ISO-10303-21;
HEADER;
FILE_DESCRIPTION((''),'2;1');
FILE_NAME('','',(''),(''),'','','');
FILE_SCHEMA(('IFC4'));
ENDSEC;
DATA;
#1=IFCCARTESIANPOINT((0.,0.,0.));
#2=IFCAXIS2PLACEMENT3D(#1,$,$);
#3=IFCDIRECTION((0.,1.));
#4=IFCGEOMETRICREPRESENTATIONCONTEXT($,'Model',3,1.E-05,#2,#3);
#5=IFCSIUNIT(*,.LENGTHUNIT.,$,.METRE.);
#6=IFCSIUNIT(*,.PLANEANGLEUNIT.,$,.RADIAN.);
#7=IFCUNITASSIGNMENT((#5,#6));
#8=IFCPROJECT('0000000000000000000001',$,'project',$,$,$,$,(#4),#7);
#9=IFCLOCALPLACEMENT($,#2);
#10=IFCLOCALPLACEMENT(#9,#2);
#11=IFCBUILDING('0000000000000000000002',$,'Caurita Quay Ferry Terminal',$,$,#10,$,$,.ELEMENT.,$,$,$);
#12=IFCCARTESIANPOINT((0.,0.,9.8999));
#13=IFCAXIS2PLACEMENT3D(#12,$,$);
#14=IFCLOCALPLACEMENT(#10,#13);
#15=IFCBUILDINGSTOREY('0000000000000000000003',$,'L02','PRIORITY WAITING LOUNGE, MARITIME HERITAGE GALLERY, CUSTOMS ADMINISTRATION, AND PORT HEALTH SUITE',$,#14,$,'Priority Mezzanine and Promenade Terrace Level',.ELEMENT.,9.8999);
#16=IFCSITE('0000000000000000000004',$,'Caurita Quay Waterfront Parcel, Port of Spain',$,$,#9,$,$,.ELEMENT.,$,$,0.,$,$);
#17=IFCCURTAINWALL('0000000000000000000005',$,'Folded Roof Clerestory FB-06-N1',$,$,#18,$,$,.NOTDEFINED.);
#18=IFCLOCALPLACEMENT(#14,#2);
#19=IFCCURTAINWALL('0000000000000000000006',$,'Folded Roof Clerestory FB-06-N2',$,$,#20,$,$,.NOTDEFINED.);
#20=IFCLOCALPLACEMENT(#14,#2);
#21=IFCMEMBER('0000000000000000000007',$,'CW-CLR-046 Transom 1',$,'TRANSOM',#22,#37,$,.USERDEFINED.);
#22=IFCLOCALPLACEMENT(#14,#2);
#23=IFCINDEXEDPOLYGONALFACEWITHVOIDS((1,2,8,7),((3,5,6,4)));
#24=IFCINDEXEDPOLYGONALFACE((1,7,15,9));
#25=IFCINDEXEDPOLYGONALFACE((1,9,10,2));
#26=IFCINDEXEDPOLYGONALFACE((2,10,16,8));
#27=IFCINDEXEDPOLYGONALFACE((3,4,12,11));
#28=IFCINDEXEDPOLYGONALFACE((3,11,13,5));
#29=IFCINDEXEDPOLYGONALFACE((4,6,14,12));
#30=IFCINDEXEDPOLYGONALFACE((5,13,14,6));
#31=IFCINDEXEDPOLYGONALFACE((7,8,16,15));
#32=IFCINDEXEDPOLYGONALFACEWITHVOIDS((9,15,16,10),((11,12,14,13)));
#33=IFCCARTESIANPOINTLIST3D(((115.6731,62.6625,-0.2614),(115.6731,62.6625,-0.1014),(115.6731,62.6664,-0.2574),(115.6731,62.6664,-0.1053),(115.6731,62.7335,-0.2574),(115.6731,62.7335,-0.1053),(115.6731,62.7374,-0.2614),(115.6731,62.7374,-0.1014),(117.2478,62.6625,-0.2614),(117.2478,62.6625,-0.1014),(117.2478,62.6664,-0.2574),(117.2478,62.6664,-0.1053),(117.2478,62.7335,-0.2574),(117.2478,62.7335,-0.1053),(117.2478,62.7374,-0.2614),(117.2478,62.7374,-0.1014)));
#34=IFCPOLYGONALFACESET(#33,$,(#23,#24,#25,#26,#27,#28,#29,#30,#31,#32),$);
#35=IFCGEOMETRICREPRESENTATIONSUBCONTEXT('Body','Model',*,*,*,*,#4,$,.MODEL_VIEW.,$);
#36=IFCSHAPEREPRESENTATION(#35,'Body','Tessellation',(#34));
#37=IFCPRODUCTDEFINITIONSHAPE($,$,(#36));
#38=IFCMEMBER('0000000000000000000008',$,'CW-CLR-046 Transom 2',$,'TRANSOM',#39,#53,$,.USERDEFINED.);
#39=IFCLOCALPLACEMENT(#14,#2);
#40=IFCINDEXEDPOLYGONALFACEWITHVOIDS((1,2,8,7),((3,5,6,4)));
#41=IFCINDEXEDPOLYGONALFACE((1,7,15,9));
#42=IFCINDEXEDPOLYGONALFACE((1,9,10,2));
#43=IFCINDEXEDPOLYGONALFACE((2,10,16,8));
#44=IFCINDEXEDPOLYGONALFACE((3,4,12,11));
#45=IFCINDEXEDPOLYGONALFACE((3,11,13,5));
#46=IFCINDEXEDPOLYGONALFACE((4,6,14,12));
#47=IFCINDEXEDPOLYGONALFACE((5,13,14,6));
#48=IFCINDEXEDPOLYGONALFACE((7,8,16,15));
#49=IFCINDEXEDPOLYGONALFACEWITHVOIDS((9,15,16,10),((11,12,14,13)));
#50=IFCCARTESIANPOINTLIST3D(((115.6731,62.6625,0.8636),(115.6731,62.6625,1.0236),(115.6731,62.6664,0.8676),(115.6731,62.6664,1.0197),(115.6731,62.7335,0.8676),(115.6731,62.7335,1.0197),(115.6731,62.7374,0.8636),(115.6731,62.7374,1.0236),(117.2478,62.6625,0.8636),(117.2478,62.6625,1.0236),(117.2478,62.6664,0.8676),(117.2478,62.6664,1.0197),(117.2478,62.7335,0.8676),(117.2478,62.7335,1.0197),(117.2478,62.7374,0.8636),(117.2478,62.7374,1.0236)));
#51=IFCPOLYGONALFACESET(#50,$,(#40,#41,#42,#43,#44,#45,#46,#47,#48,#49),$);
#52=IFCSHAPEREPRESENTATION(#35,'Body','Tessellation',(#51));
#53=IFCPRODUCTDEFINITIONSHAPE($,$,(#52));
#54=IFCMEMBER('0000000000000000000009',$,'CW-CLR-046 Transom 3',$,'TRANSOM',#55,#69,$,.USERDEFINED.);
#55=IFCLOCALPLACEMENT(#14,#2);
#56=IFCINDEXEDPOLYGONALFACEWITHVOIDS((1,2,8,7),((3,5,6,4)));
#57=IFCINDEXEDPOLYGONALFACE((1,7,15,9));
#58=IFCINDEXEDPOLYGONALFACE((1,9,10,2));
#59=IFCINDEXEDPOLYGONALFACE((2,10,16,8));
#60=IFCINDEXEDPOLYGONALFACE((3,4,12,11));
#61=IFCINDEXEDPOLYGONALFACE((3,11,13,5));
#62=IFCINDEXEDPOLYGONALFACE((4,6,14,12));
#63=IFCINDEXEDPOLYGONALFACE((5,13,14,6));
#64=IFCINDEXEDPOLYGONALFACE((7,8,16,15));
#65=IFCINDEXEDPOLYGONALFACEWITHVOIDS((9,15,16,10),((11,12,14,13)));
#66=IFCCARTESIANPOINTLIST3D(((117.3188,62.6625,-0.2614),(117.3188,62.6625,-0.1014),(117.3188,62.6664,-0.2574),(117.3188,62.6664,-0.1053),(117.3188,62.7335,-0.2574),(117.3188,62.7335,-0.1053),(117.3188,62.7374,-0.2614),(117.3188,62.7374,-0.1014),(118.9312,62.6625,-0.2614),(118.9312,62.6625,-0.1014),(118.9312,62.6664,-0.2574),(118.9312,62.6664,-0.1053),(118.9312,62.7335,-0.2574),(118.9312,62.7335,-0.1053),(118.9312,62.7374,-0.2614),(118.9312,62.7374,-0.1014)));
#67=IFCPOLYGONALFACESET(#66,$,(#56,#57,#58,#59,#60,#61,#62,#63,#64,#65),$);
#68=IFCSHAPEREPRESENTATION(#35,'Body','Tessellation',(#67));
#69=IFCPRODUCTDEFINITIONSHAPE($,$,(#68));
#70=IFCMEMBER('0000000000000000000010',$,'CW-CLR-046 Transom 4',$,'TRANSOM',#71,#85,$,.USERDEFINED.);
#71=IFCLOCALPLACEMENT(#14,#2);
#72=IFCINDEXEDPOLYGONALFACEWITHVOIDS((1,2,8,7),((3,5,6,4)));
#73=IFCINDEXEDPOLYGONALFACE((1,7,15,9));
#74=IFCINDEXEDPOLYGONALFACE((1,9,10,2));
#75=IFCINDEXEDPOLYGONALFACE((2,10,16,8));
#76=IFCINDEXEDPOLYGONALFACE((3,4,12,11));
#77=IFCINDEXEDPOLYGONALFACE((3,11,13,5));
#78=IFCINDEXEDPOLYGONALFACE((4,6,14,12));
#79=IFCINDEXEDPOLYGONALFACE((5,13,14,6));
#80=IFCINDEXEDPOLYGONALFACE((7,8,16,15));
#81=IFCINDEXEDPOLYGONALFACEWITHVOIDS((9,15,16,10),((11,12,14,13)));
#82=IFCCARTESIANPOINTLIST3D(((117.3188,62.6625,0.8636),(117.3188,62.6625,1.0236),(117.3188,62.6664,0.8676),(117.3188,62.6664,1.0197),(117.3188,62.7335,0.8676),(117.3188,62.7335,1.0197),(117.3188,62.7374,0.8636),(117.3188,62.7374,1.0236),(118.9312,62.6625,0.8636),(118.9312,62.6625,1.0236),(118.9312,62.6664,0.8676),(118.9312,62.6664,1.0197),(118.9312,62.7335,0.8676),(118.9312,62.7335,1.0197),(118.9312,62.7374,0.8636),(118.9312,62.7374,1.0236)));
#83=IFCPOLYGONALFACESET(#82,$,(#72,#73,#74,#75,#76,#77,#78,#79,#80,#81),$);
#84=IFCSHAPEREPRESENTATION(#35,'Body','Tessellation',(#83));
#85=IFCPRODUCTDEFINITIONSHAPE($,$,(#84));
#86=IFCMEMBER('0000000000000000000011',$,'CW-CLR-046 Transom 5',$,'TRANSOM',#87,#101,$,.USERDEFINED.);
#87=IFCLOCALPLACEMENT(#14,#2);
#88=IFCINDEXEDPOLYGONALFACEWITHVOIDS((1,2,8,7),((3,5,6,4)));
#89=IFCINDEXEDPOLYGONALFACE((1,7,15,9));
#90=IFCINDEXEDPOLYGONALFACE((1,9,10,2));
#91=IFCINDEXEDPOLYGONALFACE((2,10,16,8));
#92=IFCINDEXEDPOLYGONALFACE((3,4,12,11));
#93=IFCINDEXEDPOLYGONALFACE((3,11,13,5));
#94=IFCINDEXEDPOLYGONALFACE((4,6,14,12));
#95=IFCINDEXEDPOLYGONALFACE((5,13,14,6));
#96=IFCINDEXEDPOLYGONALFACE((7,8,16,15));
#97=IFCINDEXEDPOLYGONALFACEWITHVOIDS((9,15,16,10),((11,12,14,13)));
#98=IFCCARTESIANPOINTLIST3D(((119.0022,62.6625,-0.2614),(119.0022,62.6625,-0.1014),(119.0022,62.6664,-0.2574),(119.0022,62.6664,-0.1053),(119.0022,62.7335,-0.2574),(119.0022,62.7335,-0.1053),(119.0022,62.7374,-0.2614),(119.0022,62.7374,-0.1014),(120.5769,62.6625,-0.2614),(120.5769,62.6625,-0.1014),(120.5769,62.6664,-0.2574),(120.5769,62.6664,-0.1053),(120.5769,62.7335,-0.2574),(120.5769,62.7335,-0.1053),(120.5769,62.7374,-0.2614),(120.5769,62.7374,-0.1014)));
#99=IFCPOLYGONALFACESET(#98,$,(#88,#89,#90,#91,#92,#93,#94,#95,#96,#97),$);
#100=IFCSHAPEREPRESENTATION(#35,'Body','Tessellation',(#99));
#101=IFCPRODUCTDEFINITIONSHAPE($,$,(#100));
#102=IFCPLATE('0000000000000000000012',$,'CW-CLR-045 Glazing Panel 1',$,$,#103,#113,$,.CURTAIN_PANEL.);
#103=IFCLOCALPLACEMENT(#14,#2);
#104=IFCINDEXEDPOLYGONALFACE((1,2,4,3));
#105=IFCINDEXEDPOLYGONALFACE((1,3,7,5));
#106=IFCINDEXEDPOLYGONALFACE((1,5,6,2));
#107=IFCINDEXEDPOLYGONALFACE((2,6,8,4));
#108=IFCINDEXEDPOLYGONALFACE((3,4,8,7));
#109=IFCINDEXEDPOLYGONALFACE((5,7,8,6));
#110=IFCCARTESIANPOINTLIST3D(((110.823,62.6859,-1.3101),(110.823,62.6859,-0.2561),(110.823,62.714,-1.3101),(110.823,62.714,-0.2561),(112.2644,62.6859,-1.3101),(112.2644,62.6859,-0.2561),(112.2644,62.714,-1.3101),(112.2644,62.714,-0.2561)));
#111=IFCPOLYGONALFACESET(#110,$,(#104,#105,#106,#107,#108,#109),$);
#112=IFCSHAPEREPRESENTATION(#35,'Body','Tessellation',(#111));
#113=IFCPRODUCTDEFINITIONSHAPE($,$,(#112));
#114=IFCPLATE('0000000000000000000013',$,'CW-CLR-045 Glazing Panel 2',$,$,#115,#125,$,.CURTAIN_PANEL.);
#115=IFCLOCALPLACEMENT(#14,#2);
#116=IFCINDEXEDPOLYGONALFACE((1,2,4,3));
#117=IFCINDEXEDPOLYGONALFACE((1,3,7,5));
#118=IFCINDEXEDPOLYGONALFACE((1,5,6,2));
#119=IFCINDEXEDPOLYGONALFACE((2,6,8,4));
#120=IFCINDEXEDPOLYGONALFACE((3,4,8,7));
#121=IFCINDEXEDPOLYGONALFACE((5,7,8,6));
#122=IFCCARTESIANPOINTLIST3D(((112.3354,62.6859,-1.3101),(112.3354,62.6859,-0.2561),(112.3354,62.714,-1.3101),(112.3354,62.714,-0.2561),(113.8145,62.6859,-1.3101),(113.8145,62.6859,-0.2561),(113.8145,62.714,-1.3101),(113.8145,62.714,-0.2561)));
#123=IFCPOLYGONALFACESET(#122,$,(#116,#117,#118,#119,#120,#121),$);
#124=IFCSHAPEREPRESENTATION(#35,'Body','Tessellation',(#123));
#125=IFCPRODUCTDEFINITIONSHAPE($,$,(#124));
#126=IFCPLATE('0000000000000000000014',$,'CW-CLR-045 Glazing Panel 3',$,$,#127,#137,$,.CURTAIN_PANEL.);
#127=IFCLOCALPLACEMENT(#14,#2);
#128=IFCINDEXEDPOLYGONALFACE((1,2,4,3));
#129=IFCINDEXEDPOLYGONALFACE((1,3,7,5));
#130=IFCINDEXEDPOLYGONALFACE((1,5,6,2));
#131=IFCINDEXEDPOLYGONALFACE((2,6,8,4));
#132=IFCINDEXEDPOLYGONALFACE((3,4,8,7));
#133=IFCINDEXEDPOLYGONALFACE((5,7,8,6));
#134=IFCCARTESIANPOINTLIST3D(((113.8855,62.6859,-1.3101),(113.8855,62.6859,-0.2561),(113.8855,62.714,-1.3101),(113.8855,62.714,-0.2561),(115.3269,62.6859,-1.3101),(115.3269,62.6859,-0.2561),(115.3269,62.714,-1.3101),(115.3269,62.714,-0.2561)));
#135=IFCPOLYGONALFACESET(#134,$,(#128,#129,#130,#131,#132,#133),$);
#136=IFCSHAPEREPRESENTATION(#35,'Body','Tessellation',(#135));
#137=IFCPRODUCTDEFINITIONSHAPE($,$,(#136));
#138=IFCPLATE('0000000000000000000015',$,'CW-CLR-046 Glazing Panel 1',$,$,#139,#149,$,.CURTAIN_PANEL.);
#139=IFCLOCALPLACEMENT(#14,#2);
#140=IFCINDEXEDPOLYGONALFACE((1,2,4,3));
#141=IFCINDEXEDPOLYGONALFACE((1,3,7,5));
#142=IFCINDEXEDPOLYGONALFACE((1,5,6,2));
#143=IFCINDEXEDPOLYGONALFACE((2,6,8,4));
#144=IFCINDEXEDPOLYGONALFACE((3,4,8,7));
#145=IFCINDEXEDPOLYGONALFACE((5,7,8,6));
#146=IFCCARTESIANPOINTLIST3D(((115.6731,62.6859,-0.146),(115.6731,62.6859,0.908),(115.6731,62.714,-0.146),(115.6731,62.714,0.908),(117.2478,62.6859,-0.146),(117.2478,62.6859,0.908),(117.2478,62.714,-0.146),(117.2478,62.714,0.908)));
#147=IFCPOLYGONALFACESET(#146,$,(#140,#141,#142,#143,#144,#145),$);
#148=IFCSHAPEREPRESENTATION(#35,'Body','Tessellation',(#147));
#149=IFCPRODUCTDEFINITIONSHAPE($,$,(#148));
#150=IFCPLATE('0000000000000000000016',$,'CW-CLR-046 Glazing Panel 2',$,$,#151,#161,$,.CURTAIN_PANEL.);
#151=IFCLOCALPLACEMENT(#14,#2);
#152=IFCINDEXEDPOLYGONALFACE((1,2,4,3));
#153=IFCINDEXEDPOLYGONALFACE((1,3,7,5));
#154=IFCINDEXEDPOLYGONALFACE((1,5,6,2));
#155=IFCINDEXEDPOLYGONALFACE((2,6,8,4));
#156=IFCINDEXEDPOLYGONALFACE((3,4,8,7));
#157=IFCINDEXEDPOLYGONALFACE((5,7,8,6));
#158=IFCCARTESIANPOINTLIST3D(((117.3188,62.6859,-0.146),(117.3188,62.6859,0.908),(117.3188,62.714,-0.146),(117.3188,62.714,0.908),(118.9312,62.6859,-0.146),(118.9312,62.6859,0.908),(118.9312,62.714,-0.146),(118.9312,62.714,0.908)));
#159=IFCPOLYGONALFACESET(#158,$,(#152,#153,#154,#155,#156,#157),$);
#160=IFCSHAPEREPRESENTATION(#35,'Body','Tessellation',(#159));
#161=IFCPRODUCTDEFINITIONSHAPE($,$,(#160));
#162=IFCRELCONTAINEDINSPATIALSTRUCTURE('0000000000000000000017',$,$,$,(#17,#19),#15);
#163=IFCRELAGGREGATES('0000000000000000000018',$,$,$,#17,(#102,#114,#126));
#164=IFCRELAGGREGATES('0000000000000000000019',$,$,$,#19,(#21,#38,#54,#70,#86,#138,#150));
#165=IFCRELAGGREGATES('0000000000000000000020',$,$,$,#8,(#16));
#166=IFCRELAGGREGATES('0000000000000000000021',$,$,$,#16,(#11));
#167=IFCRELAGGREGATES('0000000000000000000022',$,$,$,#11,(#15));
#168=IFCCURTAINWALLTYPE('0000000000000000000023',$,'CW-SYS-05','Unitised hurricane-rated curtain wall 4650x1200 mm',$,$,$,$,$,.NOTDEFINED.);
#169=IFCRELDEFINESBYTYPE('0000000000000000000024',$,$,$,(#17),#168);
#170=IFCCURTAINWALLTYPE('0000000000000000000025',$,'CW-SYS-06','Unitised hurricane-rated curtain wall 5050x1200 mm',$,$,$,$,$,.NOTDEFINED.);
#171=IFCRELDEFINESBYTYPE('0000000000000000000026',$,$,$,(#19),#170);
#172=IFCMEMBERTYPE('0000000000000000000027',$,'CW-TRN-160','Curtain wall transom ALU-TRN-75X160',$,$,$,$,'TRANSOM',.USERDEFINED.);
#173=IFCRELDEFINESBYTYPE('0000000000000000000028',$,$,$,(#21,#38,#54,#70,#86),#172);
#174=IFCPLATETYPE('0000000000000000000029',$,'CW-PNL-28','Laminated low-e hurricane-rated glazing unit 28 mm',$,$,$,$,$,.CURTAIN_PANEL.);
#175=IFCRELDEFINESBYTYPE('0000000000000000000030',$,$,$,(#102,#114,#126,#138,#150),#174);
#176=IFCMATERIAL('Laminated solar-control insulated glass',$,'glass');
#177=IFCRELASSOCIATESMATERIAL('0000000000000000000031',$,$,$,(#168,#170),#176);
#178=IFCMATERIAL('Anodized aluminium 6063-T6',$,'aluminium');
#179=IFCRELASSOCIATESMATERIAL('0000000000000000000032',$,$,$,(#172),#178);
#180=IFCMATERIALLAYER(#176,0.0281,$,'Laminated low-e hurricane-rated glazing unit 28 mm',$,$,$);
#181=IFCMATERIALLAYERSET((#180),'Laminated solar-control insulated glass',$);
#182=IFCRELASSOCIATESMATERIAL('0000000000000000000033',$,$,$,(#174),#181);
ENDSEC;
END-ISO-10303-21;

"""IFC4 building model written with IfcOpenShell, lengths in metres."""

from ifc_helpers import new_model, si_unit, direction, frame, origin, origin_2d, place, context, subcontext, project, spatial, rectangle, hollow_rectangle, extrude, material, layer, layer_set, material_profile, profile_set, type_object, element, aggregate, save


model = new_model("IFC4")

# Units and contexts
model_context = context("Model", 3, precision=1e-05, world=origin(), true_north=direction((0.0, 1.0)))
body_context = subcontext(model_context, "Body", "Model", "MODEL_VIEW")
ifc_project = project(units=[si_unit("LENGTHUNIT", "METRE"), si_unit("PLANEANGLEUNIT", "RADIAN")], contexts=[model_context])

# Site, building, storey
site_placement = place(None, origin())
site = spatial("IfcSite", under=ifc_project, at=site_placement, Name="Caurita Quay Waterfront Parcel, Port of Spain", CompositionType="ELEMENT", RefElevation=0.0)
building_placement = place(site_placement, origin())
building = spatial("IfcBuilding", under=site, at=building_placement, Name="Caurita Quay Ferry Terminal", CompositionType="ELEMENT")
storey_placement = place(building_placement, frame((0.0, 0.0, 9.8999)))
storey = spatial("IfcBuildingStorey", under=building, at=storey_placement, Name="L02", Description="PRIORITY WAITING LOUNGE, MARITIME HERITAGE GALLERY, CUSTOMS ADMINISTRATION, AND PORT HEALTH SUITE", LongName="Priority Mezzanine and Promenade Terrace Level", CompositionType="ELEMENT", Elevation=9.8999)

# Curtain walls
ifc_material_1 = material(Name="Laminated solar-control insulated glass", Category="glass")
curtain_wall_type_1 = type_object("IfcCurtainWallType", Name="CW-SYS-05", Description="Unitised hurricane-rated curtain wall 4650x1200 mm", PredefinedType="NOTDEFINED", material=ifc_material_1)
curtain_wall_1_placement = place(storey_placement, origin())
curtain_wall_1 = element("IfcCurtainWall", 1, at=curtain_wall_1_placement, inside=storey, type_object=curtain_wall_type_1, Name="Folded Roof Clerestory FB-06-N1", PredefinedType="NOTDEFINED")
ifc_material_2 = material(Name="Anodized aluminium 6063-T6", Category="aluminium")
curtain_wall_type_2 = type_object("IfcCurtainWallType", Name="CW-SYS-06", Description="Unitised hurricane-rated curtain wall 5050x1200 mm", PredefinedType="NOTDEFINED", material=ifc_material_1)
curtain_wall_2_placement = place(storey_placement, origin())
curtain_wall_2 = element("IfcCurtainWall", 2, at=curtain_wall_2_placement, inside=storey, type_object=curtain_wall_type_2, Name="Folded Roof Clerestory FB-06-N2", PredefinedType="NOTDEFINED")

# Members
ifc_material_profile_1 = material_profile(ifc_material_2, hollow_rectangle(XDim=0.075, YDim=0.1599, WallThickness=0.0039, at=origin_2d()), Name="ALU-TRN-75X160")
ifc_profile_set_1 = profile_set([ifc_material_profile_1], Name="Anodized aluminium 6063-T6")
member_type_1 = type_object("IfcMemberType", Name="CW-TRN-160", Description="Curtain wall transom ALU-TRN-75X160", ElementType="TRANSOM", PredefinedType="USERDEFINED", material=ifc_profile_set_1)
member_1_placement = place(storey_placement, frame((115.6731, 62.7, -0.1814), z_axis=(1.0, 0.0, 0.0), x_axis=(0.0, 1.0, 0.0)))
member_1 = element("IfcMember", 3, at=member_1_placement, type_object=member_type_1, Name="CW-CLR-046 Transom 1", ObjectType="TRANSOM", PredefinedType="USERDEFINED", context=body_context, shape_type="SweptSolid", body=[
    extrude(hollow_rectangle(XDim=0.075, YDim=0.1599, WallThickness=0.0039, at=origin_2d()), origin(), (0.0, 0.0, 1.0), 1.5747),
])
member_2_placement = place(storey_placement, frame((115.6731, 62.7, 0.9436), z_axis=(1.0, 0.0, 0.0), x_axis=(0.0, 1.0, 0.0)))
member_2 = element("IfcMember", 4, at=member_2_placement, type_object=member_type_1, Name="CW-CLR-046 Transom 2", ObjectType="TRANSOM", PredefinedType="USERDEFINED", context=body_context, shape_type="SweptSolid", body=[
    extrude(hollow_rectangle(XDim=0.075, YDim=0.1599, WallThickness=0.0039, at=origin_2d()), origin(), (0.0, 0.0, 1.0), 1.5747),
])
member_3_placement = place(storey_placement, frame((117.3188, 62.7, -0.1814), z_axis=(1.0, 0.0, 0.0), x_axis=(0.0, 1.0, 0.0)))
member_3 = element("IfcMember", 5, at=member_3_placement, type_object=member_type_1, Name="CW-CLR-046 Transom 3", ObjectType="TRANSOM", PredefinedType="USERDEFINED", context=body_context, shape_type="SweptSolid", body=[
    extrude(hollow_rectangle(XDim=0.075, YDim=0.1599, WallThickness=0.0039, at=origin_2d()), origin(), (0.0, 0.0, 1.0), 1.6123),
])
member_4_placement = place(storey_placement, frame((117.3188, 62.7, 0.9436), z_axis=(1.0, 0.0, 0.0), x_axis=(0.0, 1.0, 0.0)))
member_4 = element("IfcMember", 6, at=member_4_placement, type_object=member_type_1, Name="CW-CLR-046 Transom 4", ObjectType="TRANSOM", PredefinedType="USERDEFINED", context=body_context, shape_type="SweptSolid", body=[
    extrude(hollow_rectangle(XDim=0.075, YDim=0.1599, WallThickness=0.0039, at=origin_2d()), origin(), (0.0, 0.0, 1.0), 1.6123),
])
member_5_placement = place(storey_placement, frame((119.0022, 62.7, -0.1814), z_axis=(1.0, 0.0, 0.0), x_axis=(0.0, 1.0, 0.0)))
member_5 = element("IfcMember", 7, at=member_5_placement, type_object=member_type_1, Name="CW-CLR-046 Transom 5", ObjectType="TRANSOM", PredefinedType="USERDEFINED", context=body_context, shape_type="SweptSolid", body=[
    extrude(hollow_rectangle(XDim=0.075, YDim=0.1599, WallThickness=0.0039, at=origin_2d()), origin(), (0.0, 0.0, 1.0), 1.5747),
])

# Plates
ifc_layer = layer(ifc_material_1, 0.0281, Name="Laminated low-e hurricane-rated glazing unit 28 mm")
ifc_layer_set = layer_set([ifc_layer], Name="Laminated solar-control insulated glass")
plate_type = type_object("IfcPlateType", Name="CW-PNL-28", Description="Laminated low-e hurricane-rated glazing unit 28 mm", PredefinedType="CURTAIN_PANEL", material=ifc_layer_set)
plate_1_placement = place(storey_placement, frame((111.5437, 62.7, -1.3101), z_axis=(0.0, 0.0, 1.0), x_axis=(1.0, 0.0, 0.0)))
plate_1 = element("IfcPlate", 8, at=plate_1_placement, type_object=plate_type, Name="CW-CLR-045 Glazing Panel 1", PredefinedType="CURTAIN_PANEL", context=body_context, shape_type="SweptSolid", body=[
    extrude(rectangle(XDim=1.4414, YDim=0.0281, at=origin_2d()), origin(), (0.0, 0.0, 1.0), 1.054),
])
plate_2_placement = place(storey_placement, frame((113.075, 62.7, -1.3101), z_axis=(0.0, 0.0, 1.0), x_axis=(1.0, 0.0, 0.0)))
plate_2 = element("IfcPlate", 9, at=plate_2_placement, type_object=plate_type, Name="CW-CLR-045 Glazing Panel 2", PredefinedType="CURTAIN_PANEL", context=body_context, shape_type="SweptSolid", body=[
    extrude(rectangle(XDim=1.479, YDim=0.0281, at=origin_2d()), origin(), (0.0, 0.0, 1.0), 1.054),
])
plate_3_placement = place(storey_placement, frame((114.6062, 62.7, -1.3101), z_axis=(0.0, 0.0, 1.0), x_axis=(1.0, 0.0, 0.0)))
plate_3 = element("IfcPlate", 10, at=plate_3_placement, type_object=plate_type, Name="CW-CLR-045 Glazing Panel 3", PredefinedType="CURTAIN_PANEL", context=body_context, shape_type="SweptSolid", body=[
    extrude(rectangle(XDim=1.4414, YDim=0.0281, at=origin_2d()), origin(), (0.0, 0.0, 1.0), 1.054),
])
aggregate(curtain_wall_1, [plate_1, plate_2, plate_3])
plate_4_placement = place(storey_placement, frame((116.4604, 62.7, -0.146), z_axis=(0.0, 0.0, 1.0), x_axis=(1.0, 0.0, 0.0)))
plate_4 = element("IfcPlate", 11, at=plate_4_placement, type_object=plate_type, Name="CW-CLR-046 Glazing Panel 1", PredefinedType="CURTAIN_PANEL", context=body_context, shape_type="SweptSolid", body=[
    extrude(rectangle(XDim=1.5747, YDim=0.0281, at=origin_2d()), origin(), (0.0, 0.0, 1.0), 1.054),
])
plate_5_placement = place(storey_placement, frame((118.125, 62.7, -0.146), z_axis=(0.0, 0.0, 1.0), x_axis=(1.0, 0.0, 0.0)))
plate_5 = element("IfcPlate", 12, at=plate_5_placement, type_object=plate_type, Name="CW-CLR-046 Glazing Panel 2", PredefinedType="CURTAIN_PANEL", context=body_context, shape_type="SweptSolid", body=[
    extrude(rectangle(XDim=1.6123, YDim=0.0281, at=origin_2d()), origin(), (0.0, 0.0, 1.0), 1.054),
])
aggregate(curtain_wall_2, [member_1, member_2, member_3, member_4, member_5, plate_4, plate_5])

save(model, "model.ifc")
